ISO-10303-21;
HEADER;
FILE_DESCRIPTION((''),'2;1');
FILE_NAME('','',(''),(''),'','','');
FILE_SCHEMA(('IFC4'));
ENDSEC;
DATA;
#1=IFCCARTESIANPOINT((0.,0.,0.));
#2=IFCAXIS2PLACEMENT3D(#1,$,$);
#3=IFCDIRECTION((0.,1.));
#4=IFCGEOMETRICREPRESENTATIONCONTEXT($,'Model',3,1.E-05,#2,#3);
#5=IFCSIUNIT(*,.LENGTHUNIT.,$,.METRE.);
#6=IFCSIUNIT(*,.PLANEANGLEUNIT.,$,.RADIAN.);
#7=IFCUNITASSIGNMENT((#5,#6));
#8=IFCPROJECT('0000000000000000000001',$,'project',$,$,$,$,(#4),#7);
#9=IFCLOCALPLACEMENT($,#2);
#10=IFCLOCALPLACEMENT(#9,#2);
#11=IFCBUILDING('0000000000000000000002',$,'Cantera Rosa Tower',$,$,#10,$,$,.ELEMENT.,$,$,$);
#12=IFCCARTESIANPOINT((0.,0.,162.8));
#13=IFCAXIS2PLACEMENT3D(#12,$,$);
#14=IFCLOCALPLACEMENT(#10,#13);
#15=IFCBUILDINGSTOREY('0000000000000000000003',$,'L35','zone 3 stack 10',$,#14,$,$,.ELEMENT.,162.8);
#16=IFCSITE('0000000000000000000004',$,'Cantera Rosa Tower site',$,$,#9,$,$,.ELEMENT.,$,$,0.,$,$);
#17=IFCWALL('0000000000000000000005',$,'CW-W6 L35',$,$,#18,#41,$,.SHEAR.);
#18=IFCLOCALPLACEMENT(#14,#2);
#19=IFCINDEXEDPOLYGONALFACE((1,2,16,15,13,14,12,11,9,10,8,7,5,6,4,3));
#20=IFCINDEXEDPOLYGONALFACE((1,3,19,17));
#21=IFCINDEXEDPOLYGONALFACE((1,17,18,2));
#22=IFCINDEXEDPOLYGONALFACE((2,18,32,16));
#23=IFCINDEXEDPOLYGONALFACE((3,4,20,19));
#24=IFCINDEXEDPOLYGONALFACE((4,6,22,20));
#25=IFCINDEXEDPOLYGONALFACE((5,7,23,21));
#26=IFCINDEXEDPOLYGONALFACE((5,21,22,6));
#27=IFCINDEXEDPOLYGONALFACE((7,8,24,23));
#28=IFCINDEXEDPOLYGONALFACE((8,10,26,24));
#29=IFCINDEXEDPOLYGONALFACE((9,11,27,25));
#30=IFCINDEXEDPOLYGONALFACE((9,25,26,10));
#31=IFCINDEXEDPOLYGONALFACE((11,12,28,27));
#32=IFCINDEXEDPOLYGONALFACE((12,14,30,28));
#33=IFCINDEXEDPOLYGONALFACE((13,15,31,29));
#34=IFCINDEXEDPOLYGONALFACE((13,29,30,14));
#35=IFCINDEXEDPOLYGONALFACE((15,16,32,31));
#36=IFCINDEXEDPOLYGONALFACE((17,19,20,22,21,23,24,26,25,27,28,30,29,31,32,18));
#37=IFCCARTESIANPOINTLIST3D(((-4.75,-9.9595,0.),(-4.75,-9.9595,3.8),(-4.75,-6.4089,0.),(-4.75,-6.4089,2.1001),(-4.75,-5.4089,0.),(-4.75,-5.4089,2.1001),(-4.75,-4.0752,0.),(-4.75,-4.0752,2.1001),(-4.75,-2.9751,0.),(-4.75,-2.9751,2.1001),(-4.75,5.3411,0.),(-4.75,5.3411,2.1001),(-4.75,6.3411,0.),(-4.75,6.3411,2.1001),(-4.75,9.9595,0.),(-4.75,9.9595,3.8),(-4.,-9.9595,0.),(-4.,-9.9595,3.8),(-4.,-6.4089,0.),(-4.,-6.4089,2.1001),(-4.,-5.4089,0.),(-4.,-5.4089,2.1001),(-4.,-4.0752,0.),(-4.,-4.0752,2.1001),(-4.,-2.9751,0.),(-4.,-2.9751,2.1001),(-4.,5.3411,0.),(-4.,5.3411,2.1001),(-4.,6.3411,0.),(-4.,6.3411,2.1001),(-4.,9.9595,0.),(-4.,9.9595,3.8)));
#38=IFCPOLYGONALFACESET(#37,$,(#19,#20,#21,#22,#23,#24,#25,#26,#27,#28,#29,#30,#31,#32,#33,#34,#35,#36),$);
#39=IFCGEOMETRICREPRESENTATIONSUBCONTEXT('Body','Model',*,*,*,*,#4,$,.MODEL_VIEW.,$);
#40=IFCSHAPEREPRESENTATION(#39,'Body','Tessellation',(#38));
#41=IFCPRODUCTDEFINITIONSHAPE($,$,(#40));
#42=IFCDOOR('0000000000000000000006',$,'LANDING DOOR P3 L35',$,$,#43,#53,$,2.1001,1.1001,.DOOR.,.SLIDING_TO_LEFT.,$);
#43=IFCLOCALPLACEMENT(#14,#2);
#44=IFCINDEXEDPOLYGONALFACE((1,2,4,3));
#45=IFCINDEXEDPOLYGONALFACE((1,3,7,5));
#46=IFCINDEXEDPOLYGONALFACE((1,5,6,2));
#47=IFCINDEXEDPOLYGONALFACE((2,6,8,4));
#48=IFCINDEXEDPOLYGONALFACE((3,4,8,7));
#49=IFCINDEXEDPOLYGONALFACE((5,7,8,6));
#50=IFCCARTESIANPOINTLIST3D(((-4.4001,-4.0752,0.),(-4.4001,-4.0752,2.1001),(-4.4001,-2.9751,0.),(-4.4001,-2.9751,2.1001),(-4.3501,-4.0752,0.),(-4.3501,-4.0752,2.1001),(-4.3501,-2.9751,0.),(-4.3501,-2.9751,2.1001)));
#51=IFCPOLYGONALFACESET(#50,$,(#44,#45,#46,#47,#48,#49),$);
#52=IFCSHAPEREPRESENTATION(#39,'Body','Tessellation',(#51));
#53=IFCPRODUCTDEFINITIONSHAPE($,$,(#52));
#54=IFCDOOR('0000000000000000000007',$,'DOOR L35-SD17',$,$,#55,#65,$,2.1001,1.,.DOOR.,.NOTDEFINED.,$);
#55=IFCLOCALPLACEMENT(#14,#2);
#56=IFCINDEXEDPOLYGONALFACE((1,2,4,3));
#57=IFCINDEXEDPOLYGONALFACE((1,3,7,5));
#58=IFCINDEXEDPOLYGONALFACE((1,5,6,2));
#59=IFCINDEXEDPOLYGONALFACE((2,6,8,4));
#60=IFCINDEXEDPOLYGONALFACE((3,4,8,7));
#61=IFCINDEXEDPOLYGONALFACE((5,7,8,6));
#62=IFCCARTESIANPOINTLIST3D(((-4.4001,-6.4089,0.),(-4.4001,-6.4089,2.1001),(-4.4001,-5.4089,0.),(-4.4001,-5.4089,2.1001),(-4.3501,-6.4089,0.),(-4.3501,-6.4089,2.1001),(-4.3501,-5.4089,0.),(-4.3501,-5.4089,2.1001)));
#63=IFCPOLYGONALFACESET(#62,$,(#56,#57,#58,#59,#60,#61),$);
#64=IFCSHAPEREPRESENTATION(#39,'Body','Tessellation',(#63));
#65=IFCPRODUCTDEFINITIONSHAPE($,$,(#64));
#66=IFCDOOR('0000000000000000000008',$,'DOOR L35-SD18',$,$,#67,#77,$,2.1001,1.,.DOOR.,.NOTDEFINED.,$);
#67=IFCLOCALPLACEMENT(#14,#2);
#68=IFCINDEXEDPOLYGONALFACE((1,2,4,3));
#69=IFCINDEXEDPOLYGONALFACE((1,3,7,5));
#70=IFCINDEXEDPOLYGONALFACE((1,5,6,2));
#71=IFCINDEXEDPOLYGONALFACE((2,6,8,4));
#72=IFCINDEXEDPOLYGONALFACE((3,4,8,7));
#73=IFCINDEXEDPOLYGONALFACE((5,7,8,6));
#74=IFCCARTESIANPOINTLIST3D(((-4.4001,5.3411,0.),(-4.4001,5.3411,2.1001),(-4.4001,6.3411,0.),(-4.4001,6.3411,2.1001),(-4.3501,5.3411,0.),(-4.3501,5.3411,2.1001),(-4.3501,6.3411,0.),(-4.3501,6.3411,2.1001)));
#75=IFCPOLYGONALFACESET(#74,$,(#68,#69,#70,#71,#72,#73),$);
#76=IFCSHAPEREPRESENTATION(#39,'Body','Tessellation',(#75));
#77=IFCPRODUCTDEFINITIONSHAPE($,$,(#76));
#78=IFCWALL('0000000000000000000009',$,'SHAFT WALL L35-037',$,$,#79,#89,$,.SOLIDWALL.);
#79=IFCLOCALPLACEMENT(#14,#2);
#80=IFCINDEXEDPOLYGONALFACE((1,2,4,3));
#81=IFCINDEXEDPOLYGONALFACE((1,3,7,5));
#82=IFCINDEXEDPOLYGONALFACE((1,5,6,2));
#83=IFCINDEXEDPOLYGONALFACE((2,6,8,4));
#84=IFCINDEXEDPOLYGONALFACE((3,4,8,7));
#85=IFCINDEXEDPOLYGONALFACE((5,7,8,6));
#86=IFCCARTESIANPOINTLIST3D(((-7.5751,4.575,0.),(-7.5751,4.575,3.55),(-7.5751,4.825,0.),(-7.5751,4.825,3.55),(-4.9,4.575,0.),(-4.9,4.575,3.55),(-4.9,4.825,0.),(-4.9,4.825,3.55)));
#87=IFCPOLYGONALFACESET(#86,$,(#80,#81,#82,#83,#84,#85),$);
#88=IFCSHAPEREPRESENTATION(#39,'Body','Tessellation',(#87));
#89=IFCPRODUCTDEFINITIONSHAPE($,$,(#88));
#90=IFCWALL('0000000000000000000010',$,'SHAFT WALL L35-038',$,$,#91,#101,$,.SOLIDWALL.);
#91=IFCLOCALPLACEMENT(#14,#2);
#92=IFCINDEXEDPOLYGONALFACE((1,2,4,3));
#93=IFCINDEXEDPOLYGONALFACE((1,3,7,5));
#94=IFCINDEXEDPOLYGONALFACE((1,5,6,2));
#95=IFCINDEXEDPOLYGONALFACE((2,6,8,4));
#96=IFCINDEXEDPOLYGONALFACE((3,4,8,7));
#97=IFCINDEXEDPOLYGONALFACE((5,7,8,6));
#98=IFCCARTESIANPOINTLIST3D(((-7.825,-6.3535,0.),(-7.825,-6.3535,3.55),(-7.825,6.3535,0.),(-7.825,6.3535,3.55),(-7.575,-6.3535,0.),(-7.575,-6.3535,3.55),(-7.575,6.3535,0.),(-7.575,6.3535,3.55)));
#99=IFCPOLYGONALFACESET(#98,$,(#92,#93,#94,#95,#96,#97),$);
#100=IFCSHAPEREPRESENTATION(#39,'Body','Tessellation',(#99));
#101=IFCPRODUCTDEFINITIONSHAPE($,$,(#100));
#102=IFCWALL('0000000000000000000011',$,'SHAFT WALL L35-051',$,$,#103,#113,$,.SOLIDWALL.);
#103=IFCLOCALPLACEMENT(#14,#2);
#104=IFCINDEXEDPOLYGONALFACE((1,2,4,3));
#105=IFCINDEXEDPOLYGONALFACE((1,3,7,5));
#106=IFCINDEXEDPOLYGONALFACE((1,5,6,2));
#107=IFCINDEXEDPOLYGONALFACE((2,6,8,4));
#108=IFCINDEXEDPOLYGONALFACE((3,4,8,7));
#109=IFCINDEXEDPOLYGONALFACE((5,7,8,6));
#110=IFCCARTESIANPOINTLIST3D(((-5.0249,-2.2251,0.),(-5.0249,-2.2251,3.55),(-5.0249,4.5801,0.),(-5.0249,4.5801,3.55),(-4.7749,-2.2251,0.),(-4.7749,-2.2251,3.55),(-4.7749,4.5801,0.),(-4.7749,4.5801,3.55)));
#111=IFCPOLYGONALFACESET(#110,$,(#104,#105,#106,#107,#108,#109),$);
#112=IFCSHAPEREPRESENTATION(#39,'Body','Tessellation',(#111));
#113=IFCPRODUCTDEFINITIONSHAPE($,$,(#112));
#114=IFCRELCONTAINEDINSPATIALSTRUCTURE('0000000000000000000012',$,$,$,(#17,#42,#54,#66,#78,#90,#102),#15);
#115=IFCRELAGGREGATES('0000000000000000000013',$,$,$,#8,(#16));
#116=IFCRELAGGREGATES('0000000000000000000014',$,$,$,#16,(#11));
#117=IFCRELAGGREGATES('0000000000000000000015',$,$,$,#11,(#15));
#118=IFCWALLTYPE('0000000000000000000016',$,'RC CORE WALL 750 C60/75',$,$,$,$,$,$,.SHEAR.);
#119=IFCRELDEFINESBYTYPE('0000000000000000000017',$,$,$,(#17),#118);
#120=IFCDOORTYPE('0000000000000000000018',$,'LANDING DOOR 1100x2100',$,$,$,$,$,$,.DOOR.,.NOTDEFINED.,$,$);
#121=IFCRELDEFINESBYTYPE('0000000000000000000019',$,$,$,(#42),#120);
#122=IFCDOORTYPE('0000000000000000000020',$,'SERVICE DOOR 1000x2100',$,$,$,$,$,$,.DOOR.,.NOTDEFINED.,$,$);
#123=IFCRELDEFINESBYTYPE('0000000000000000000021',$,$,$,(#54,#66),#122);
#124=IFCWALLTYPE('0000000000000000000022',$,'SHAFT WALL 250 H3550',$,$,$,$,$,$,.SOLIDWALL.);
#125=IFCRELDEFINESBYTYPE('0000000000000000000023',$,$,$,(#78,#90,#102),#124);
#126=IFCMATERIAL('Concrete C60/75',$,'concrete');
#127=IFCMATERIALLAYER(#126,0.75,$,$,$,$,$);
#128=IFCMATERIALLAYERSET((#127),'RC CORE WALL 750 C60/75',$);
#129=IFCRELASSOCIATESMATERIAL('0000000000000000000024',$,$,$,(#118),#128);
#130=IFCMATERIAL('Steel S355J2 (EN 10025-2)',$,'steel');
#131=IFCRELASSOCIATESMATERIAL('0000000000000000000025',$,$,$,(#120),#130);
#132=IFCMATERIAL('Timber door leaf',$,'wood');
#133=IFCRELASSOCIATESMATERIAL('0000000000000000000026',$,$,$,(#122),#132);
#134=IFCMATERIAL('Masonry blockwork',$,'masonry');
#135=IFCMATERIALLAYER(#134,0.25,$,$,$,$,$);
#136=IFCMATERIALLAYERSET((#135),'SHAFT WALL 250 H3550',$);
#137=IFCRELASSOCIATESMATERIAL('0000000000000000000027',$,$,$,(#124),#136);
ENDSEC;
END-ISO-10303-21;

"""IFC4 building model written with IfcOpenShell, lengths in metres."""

from ifc_helpers import new_model, si_unit, direction, frame, frame_2d, origin, place, context, subcontext, project, spatial, rectangle, extrude, material, layer, layer_set, type_object, element, fill, save


model = new_model("IFC4")

# Units and contexts
model_context = context("Model", 3, precision=1e-05, world=origin(), true_north=direction((0.0, 1.0)))
body_context = subcontext(model_context, "Body", "Model", "MODEL_VIEW")
ifc_project = project(units=[si_unit("LENGTHUNIT", "METRE"), si_unit("PLANEANGLEUNIT", "RADIAN")], contexts=[model_context])

# Site, building, storey
site_placement = place(None, origin())
site = spatial("IfcSite", under=ifc_project, at=site_placement, Name="Cantera Rosa Tower site", CompositionType="ELEMENT", RefElevation=0.0)
building_placement = place(site_placement, origin())
building = spatial("IfcBuilding", under=site, at=building_placement, Name="Cantera Rosa Tower", CompositionType="ELEMENT")
storey_placement = place(building_placement, frame((0.0, 0.0, 162.8)))
storey = spatial("IfcBuildingStorey", under=building, at=storey_placement, Name="L35", Description="zone 3 stack 10", CompositionType="ELEMENT", Elevation=162.8)

# Shared definitions
ifc_material_1 = material(Name="Concrete C60/75", Category="concrete")
ifc_layer_1 = layer(ifc_material_1, 0.75)
ifc_layer_set_1 = layer_set([ifc_layer_1], Name="RC CORE WALL 750 C60/75")
wall_type_1 = type_object("IfcWallType", Name="RC CORE WALL 750 C60/75", PredefinedType="SHEAR", material=ifc_layer_set_1)

# Wall, openings, doors
wall_1_placement = place(storey_placement, frame((-4.375, 9.9595, 0.0), z_axis=(0.0, 0.0, 1.0), x_axis=(0.0, -1.0, 0.0)))
wall_1 = element("IfcWall", 1, at=wall_1_placement, inside=storey, type_object=wall_type_1, Name="CW-W6 L35", PredefinedType="SHEAR", context=body_context, shape_type="SweptSolid", body=[
    extrude(rectangle(XDim=19.9189, YDim=0.75, at=frame_2d((9.9595, 0.0))), origin(), (0.0, 0.0, 1.0), 3.8),
])
opening_1_placement = place(wall_1_placement, frame((12.9346, 0.0, 0.0)))
opening_1 = element("IfcOpeningElement", 2, at=opening_1_placement, cuts=wall_1, PredefinedType="OPENING", context=body_context, shape_type="SweptSolid", body=[
    extrude(rectangle(XDim=1.1001, YDim=2.1001, at=frame_2d((0.55, 1.05))), frame((0.0, 0.385, 0.0), z_axis=(0.0, -1.0, 0.0), x_axis=(1.0, 0.0, 0.0)), (0.0, 0.0, 1.0), 0.77),
])
opening_2_placement = place(wall_1_placement, frame((15.3684, 0.0, 0.0)))
opening_2 = element("IfcOpeningElement", 3, at=opening_2_placement, cuts=wall_1, PredefinedType="OPENING", context=body_context, shape_type="SweptSolid", body=[
    extrude(rectangle(XDim=1.0, YDim=2.1001, at=frame_2d((0.5, 1.05))), frame((0.0, 0.385, 0.0), z_axis=(0.0, -1.0, 0.0), x_axis=(1.0, 0.0, 0.0)), (0.0, 0.0, 1.0), 0.77),
])
opening_3_placement = place(wall_1_placement, frame((3.6184, 0.0, 0.0)))
opening_3 = element("IfcOpeningElement", 4, at=opening_3_placement, cuts=wall_1, PredefinedType="OPENING", context=body_context, shape_type="SweptSolid", body=[
    extrude(rectangle(XDim=1.0, YDim=2.1001, at=frame_2d((0.5, 1.05))), frame((0.0, 0.385, 0.0), z_axis=(0.0, -1.0, 0.0), x_axis=(1.0, 0.0, 0.0)), (0.0, 0.0, 1.0), 0.77),
])
ifc_material_2 = material(Name="Steel S355J2 (EN 10025-2)", Category="steel")
door_type_1 = type_object("IfcDoorType", Name="LANDING DOOR 1100x2100", OperationType="NOTDEFINED", PredefinedType="DOOR", material=ifc_material_2)
door_1_placement = place(opening_1_placement, origin())
door_1 = element("IfcDoor", 5, at=door_1_placement, inside=storey, type_object=door_type_1, Name="LANDING DOOR P3 L35", OperationType="SLIDING_TO_LEFT", OverallHeight=2.1001, OverallWidth=1.1001, PredefinedType="DOOR", context=body_context, shape_type="SweptSolid", body=[
    extrude(rectangle(XDim=1.1001, YDim=2.1001, at=frame_2d((0.55, 1.05))), frame((0.0, 0.0249, 0.0), z_axis=(0.0, -1.0, 0.0), x_axis=(1.0, 0.0, 0.0)), (0.0, 0.0, 1.0), 0.05),
])
fill(opening_1, door_1)
ifc_material_3 = material(Name="Timber door leaf", Category="wood")
door_type_2 = type_object("IfcDoorType", Name="SERVICE DOOR 1000x2100", OperationType="NOTDEFINED", PredefinedType="DOOR", material=ifc_material_3)
door_2_placement = place(opening_2_placement, origin())
door_2 = element("IfcDoor", 6, at=door_2_placement, inside=storey, type_object=door_type_2, Name="DOOR L35-SD17", OperationType="NOTDEFINED", OverallHeight=2.1001, OverallWidth=1.0, PredefinedType="DOOR", context=body_context, shape_type="SweptSolid", body=[
    extrude(rectangle(XDim=1.0, YDim=2.1001, at=frame_2d((0.5, 1.05))), frame((0.0, 0.0249, 0.0), z_axis=(0.0, -1.0, 0.0), x_axis=(1.0, 0.0, 0.0)), (0.0, 0.0, 1.0), 0.05),
])
fill(opening_2, door_2)
door_3_placement = place(opening_3_placement, origin())
door_3 = element("IfcDoor", 7, at=door_3_placement, inside=storey, type_object=door_type_2, Name="DOOR L35-SD18", OperationType="NOTDEFINED", OverallHeight=2.1001, OverallWidth=1.0, PredefinedType="DOOR", context=body_context, shape_type="SweptSolid", body=[
    extrude(rectangle(XDim=1.0, YDim=2.1001, at=frame_2d((0.5, 1.05))), frame((0.0, 0.0249, 0.0), z_axis=(0.0, -1.0, 0.0), x_axis=(1.0, 0.0, 0.0)), (0.0, 0.0, 1.0), 0.05),
])
fill(opening_3, door_3)

# Walls
ifc_material_4 = material(Name="Masonry blockwork", Category="masonry")
ifc_layer_2 = layer(ifc_material_4, 0.25)
ifc_layer_set_2 = layer_set([ifc_layer_2], Name="SHAFT WALL 250 H3550")
wall_type_2 = type_object("IfcWallType", Name="SHAFT WALL 250 H3550", PredefinedType="SOLIDWALL", material=ifc_layer_set_2)
wall_2_placement = place(storey_placement, frame((-7.575, 4.7, 0.0), z_axis=(0.0, 0.0, 1.0), x_axis=(1.0, 0.0, 0.0)))
element("IfcWall", 8, at=wall_2_placement, inside=storey, type_object=wall_type_2, Name="SHAFT WALL L35-037", PredefinedType="SOLIDWALL", context=body_context, shape_type="SweptSolid", body=[
    extrude(rectangle(XDim=2.675, YDim=0.25, at=frame_2d((1.3374, 0.0))), origin(), (0.0, 0.0, 1.0), 3.55),
])
wall_3_placement = place(storey_placement, frame((-7.7, 6.3535, 0.0), z_axis=(0.0, 0.0, 1.0), x_axis=(0.0, -1.0, 0.0)))
element("IfcWall", 9, at=wall_3_placement, inside=storey, type_object=wall_type_2, Name="SHAFT WALL L35-038", PredefinedType="SOLIDWALL", context=body_context, shape_type="SweptSolid", body=[
    extrude(rectangle(XDim=12.707, YDim=0.25, at=frame_2d((6.3535, 0.0))), origin(), (0.0, 0.0, 1.0), 3.55),
])
wall_4_placement = place(storey_placement, frame((-4.8999, 4.5801, 0.0), z_axis=(0.0, 0.0, 1.0), x_axis=(0.0, -1.0, 0.0)))
element("IfcWall", 10, at=wall_4_placement, inside=storey, type_object=wall_type_2, Name="SHAFT WALL L35-051", PredefinedType="SOLIDWALL", context=body_context, shape_type="SweptSolid", body=[
    extrude(rectangle(XDim=6.8052, YDim=0.25, at=frame_2d((3.4026, 0.0))), origin(), (0.0, 0.0, 1.0), 3.55),
])

save(model, "model.ifc")
